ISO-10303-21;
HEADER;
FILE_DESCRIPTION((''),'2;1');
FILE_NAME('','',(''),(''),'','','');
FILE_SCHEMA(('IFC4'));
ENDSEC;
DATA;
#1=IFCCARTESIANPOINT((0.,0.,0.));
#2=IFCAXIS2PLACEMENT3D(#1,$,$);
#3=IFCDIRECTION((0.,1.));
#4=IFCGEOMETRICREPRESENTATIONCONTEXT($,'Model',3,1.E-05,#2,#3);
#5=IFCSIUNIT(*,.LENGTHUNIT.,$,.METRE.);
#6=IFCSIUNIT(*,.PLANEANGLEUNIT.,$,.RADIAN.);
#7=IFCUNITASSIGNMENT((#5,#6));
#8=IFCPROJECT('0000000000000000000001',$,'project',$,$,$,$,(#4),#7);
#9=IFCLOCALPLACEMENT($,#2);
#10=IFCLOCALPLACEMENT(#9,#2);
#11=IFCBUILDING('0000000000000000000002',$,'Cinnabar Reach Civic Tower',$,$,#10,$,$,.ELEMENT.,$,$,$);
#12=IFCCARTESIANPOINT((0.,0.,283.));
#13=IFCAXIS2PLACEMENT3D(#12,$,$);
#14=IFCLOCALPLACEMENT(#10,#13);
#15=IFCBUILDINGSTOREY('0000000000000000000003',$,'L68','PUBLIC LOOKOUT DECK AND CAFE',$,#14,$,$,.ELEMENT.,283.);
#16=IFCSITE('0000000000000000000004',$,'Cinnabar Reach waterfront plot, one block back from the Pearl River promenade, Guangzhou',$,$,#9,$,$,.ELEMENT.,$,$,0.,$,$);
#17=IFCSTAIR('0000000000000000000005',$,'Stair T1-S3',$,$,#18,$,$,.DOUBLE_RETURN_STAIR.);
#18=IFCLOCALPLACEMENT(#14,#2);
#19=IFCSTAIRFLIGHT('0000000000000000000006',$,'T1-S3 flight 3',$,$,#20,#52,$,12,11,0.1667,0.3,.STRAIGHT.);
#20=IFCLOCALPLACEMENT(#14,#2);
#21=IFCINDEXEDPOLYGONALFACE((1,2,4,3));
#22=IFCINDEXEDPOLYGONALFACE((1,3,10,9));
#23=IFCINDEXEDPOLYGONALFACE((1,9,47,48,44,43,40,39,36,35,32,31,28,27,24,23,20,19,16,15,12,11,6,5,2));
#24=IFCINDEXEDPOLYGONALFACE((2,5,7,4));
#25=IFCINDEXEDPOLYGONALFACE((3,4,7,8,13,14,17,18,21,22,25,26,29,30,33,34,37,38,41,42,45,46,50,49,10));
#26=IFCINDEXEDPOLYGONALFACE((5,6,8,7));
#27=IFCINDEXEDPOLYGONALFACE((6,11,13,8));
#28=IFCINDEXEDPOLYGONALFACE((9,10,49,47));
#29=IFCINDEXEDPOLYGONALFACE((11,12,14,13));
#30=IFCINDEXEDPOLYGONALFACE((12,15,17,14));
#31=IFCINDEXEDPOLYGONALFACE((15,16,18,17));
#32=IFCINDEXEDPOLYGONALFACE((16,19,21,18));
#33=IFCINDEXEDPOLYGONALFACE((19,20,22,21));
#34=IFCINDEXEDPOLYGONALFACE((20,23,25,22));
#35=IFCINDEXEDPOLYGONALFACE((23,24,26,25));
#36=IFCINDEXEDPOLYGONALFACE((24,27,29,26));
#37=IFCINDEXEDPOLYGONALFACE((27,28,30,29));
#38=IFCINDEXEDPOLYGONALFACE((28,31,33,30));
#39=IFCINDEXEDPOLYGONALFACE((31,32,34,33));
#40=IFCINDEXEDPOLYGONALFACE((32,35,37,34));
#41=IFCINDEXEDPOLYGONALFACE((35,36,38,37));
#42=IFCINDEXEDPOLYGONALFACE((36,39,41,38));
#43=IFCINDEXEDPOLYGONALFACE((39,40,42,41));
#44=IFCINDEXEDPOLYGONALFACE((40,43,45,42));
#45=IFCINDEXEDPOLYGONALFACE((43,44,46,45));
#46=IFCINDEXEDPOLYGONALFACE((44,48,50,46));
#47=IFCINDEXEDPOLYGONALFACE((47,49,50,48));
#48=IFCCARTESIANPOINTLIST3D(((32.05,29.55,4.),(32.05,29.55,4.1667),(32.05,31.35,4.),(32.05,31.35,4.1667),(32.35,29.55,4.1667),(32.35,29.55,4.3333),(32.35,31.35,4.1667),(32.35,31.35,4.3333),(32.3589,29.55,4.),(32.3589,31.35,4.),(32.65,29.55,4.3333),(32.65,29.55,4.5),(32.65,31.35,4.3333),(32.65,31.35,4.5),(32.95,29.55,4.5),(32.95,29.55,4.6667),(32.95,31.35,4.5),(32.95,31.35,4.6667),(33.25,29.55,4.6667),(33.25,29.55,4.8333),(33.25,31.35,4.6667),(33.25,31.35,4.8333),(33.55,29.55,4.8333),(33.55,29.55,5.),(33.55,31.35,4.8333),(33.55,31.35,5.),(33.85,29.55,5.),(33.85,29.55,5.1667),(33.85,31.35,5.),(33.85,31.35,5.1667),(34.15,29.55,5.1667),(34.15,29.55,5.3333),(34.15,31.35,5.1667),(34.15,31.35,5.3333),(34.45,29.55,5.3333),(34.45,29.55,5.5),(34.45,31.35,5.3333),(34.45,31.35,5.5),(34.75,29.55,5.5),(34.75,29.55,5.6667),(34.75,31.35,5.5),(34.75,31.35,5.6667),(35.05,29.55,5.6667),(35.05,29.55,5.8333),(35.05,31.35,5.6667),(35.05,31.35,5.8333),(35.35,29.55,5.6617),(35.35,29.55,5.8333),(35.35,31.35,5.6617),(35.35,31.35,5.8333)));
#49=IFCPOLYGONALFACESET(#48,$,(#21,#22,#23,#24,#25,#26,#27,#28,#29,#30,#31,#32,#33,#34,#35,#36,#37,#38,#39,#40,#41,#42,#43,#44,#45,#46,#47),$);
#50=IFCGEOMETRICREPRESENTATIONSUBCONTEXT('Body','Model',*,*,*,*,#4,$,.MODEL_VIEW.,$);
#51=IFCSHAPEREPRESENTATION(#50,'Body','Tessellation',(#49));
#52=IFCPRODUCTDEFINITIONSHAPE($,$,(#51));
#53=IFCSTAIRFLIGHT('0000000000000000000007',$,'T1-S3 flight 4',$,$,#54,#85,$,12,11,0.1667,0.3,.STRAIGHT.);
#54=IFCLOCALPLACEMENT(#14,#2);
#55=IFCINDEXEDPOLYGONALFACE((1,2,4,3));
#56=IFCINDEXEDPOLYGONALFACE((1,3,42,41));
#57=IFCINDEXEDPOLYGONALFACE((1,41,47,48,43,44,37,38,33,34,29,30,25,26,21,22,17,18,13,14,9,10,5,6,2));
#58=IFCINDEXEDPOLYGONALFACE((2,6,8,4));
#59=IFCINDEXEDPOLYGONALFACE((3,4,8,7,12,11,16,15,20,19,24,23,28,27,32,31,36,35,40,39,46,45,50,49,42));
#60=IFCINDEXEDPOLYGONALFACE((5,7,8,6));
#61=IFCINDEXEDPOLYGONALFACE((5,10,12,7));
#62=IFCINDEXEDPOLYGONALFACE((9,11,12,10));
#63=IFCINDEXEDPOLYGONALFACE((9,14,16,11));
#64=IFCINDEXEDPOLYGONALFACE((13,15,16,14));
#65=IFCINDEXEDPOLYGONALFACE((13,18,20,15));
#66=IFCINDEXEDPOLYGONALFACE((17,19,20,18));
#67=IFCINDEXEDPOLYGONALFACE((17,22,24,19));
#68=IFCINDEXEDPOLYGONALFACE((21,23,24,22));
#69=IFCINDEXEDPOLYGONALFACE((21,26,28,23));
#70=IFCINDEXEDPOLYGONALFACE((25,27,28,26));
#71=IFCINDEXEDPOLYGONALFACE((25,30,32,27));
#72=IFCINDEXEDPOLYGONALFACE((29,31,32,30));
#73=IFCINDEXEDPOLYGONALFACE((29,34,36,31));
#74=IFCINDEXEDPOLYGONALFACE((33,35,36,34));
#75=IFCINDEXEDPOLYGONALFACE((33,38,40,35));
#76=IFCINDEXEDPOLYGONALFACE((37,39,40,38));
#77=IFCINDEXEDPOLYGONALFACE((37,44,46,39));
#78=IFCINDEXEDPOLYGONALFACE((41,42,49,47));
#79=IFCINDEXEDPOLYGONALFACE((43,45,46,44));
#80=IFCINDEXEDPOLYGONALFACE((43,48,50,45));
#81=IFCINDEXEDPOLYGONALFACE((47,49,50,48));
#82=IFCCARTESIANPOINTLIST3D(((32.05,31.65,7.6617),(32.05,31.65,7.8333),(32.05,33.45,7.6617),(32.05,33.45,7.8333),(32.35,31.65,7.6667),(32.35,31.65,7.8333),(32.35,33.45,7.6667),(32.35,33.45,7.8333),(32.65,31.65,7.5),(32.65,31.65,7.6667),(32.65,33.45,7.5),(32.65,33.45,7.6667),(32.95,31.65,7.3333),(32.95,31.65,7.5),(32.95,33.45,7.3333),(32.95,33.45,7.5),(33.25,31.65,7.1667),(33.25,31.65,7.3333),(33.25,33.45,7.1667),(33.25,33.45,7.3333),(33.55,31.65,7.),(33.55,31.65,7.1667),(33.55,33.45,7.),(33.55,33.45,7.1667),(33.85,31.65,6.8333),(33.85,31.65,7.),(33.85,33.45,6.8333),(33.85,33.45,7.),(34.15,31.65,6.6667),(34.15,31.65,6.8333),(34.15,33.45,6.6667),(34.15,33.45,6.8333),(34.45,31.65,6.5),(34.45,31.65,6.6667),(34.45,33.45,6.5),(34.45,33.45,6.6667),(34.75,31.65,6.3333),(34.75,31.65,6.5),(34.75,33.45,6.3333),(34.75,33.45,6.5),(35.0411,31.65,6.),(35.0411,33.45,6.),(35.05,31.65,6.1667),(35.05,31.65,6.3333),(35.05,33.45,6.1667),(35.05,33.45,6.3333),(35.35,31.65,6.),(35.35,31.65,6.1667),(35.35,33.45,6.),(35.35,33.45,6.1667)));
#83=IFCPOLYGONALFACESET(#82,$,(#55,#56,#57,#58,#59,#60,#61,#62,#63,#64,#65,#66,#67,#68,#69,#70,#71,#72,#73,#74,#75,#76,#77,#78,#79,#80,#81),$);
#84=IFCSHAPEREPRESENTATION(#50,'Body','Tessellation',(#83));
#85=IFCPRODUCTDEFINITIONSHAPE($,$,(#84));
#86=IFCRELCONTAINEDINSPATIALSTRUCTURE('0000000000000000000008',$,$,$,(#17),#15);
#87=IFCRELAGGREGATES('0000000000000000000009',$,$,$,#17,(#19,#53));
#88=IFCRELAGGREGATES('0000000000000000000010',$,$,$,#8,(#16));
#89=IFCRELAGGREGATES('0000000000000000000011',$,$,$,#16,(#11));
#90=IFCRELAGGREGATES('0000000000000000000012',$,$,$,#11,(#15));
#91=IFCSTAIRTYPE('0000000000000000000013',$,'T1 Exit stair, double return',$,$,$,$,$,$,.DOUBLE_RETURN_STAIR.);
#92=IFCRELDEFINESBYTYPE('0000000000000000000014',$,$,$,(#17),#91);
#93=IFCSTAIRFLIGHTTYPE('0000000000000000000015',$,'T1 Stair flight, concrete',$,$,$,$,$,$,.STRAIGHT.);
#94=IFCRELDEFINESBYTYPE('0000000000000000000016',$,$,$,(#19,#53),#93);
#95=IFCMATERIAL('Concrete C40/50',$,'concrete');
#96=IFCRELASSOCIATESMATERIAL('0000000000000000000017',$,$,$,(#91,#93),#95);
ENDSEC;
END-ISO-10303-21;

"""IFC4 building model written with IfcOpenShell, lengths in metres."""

from ifc_helpers import new_model, si_unit, direction, frame, origin, place, context, subcontext, project, spatial, polyline, outline, extrude, material, type_object, element, aggregate, save


model = new_model("IFC4")

# Units and contexts
model_context = context("Model", 3, precision=1e-05, world=origin(), true_north=direction((0.0, 1.0)))
body_context = subcontext(model_context, "Body", "Model", "MODEL_VIEW")
ifc_project = project(units=[si_unit("LENGTHUNIT", "METRE"), si_unit("PLANEANGLEUNIT", "RADIAN")], contexts=[model_context])

# Site, building, storey
site_placement = place(None, origin())
site = spatial("IfcSite", under=ifc_project, at=site_placement, Name="Cinnabar Reach waterfront plot, one block back from the Pearl River promenade, Guangzhou", CompositionType="ELEMENT", RefElevation=0.0)
building_placement = place(site_placement, origin())
building = spatial("IfcBuilding", under=site, at=building_placement, Name="Cinnabar Reach Civic Tower", CompositionType="ELEMENT")
storey_placement = place(building_placement, frame((0.0, 0.0, 283.0)))
storey = spatial("IfcBuildingStorey", under=building, at=storey_placement, Name="L68", Description="PUBLIC LOOKOUT DECK AND CAFE", CompositionType="ELEMENT", Elevation=283.0)

# Stair, stair flights
ifc_material_1 = material(Name="Concrete C40/50", Category="concrete")
stair_type = type_object("IfcStairType", Name="T1 Exit stair, double return", PredefinedType="DOUBLE_RETURN_STAIR", material=ifc_material_1)
stair_placement = place(storey_placement, origin())
stair = element("IfcStair", 1, at=stair_placement, inside=storey, type_object=stair_type, Name="Stair T1-S3", PredefinedType="DOUBLE_RETURN_STAIR")
stair_flight_type = type_object("IfcStairFlightType", Name="T1 Stair flight, concrete", PredefinedType="STRAIGHT", material=ifc_material_1)
stair_flight_1_placement = place(storey_placement, frame((32.05, 30.45, 4.0), z_axis=(0.0, 0.0, 1.0), x_axis=(1.0, 0.0, 0.0)))
stair_flight_1 = element("IfcStairFlight", 2, at=stair_flight_1_placement, type_object=stair_flight_type, Name="T1-S3 flight 3", NumberOfRisers=12, NumberOfTreads=11, PredefinedType="STRAIGHT", RiserHeight=0.1667, TreadLength=0.3, context=body_context, shape_type="SweptSolid", body=[
    extrude(outline(polyline([(0.0, 0.0), (0.0, 0.1667), (0.3, 0.1667), (0.3, 0.3333), (0.6, 0.3333), (0.6, 0.5), (0.9, 0.5), (0.9, 0.6667), (1.2, 0.6667), (1.2, 0.8333), (1.5, 0.8333), (1.5, 1.0), (1.8, 1.0), (1.8, 1.1667), (2.1, 1.1667), (2.1, 1.3333), (2.4, 1.3333), (2.4, 1.5), (2.7, 1.5), (2.7, 1.6667), (3.0, 1.6667), (3.0, 1.8333), (3.3, 1.8333), (3.3, 2.0), (3.3, 1.6617), (0.3089, 0.0), (0.0, 0.0)])), frame((0.0, 0.9, 0.0), z_axis=(0.0, -1.0, 0.0), x_axis=(1.0, 0.0, 0.0)), (0.0, 0.0, 1.0), 1.8),
])
stair_flight_2_placement = place(storey_placement, frame((35.35, 32.55, 6.0), z_axis=(0.0, 0.0, 1.0), x_axis=(-1.0, 0.0, 0.0)))
stair_flight_2 = element("IfcStairFlight", 3, at=stair_flight_2_placement, type_object=stair_flight_type, Name="T1-S3 flight 4", NumberOfRisers=12, NumberOfTreads=11, PredefinedType="STRAIGHT", RiserHeight=0.1667, TreadLength=0.3, context=body_context, shape_type="SweptSolid", body=[
    extrude(outline(polyline([(0.0, 0.0), (0.0, 0.1667), (0.3, 0.1667), (0.3, 0.3333), (0.6, 0.3333), (0.6, 0.5), (0.9, 0.5), (0.9, 0.6667), (1.2, 0.6667), (1.2, 0.8333), (1.5, 0.8333), (1.5, 1.0), (1.8, 1.0), (1.8, 1.1667), (2.1, 1.1667), (2.1, 1.3333), (2.4, 1.3333), (2.4, 1.5), (2.7, 1.5), (2.7, 1.6667), (3.0, 1.6667), (3.0, 1.8333), (3.3, 1.8333), (3.3, 2.0), (3.3, 1.6617), (0.3089, 0.0), (0.0, 0.0)])), frame((0.0, 0.9, 0.0), z_axis=(0.0, -1.0, 0.0), x_axis=(1.0, 0.0, 0.0)), (0.0, 0.0, 1.0), 1.8),
])
aggregate(stair, [stair_flight_1, stair_flight_2])

save(model, "model.ifc")
